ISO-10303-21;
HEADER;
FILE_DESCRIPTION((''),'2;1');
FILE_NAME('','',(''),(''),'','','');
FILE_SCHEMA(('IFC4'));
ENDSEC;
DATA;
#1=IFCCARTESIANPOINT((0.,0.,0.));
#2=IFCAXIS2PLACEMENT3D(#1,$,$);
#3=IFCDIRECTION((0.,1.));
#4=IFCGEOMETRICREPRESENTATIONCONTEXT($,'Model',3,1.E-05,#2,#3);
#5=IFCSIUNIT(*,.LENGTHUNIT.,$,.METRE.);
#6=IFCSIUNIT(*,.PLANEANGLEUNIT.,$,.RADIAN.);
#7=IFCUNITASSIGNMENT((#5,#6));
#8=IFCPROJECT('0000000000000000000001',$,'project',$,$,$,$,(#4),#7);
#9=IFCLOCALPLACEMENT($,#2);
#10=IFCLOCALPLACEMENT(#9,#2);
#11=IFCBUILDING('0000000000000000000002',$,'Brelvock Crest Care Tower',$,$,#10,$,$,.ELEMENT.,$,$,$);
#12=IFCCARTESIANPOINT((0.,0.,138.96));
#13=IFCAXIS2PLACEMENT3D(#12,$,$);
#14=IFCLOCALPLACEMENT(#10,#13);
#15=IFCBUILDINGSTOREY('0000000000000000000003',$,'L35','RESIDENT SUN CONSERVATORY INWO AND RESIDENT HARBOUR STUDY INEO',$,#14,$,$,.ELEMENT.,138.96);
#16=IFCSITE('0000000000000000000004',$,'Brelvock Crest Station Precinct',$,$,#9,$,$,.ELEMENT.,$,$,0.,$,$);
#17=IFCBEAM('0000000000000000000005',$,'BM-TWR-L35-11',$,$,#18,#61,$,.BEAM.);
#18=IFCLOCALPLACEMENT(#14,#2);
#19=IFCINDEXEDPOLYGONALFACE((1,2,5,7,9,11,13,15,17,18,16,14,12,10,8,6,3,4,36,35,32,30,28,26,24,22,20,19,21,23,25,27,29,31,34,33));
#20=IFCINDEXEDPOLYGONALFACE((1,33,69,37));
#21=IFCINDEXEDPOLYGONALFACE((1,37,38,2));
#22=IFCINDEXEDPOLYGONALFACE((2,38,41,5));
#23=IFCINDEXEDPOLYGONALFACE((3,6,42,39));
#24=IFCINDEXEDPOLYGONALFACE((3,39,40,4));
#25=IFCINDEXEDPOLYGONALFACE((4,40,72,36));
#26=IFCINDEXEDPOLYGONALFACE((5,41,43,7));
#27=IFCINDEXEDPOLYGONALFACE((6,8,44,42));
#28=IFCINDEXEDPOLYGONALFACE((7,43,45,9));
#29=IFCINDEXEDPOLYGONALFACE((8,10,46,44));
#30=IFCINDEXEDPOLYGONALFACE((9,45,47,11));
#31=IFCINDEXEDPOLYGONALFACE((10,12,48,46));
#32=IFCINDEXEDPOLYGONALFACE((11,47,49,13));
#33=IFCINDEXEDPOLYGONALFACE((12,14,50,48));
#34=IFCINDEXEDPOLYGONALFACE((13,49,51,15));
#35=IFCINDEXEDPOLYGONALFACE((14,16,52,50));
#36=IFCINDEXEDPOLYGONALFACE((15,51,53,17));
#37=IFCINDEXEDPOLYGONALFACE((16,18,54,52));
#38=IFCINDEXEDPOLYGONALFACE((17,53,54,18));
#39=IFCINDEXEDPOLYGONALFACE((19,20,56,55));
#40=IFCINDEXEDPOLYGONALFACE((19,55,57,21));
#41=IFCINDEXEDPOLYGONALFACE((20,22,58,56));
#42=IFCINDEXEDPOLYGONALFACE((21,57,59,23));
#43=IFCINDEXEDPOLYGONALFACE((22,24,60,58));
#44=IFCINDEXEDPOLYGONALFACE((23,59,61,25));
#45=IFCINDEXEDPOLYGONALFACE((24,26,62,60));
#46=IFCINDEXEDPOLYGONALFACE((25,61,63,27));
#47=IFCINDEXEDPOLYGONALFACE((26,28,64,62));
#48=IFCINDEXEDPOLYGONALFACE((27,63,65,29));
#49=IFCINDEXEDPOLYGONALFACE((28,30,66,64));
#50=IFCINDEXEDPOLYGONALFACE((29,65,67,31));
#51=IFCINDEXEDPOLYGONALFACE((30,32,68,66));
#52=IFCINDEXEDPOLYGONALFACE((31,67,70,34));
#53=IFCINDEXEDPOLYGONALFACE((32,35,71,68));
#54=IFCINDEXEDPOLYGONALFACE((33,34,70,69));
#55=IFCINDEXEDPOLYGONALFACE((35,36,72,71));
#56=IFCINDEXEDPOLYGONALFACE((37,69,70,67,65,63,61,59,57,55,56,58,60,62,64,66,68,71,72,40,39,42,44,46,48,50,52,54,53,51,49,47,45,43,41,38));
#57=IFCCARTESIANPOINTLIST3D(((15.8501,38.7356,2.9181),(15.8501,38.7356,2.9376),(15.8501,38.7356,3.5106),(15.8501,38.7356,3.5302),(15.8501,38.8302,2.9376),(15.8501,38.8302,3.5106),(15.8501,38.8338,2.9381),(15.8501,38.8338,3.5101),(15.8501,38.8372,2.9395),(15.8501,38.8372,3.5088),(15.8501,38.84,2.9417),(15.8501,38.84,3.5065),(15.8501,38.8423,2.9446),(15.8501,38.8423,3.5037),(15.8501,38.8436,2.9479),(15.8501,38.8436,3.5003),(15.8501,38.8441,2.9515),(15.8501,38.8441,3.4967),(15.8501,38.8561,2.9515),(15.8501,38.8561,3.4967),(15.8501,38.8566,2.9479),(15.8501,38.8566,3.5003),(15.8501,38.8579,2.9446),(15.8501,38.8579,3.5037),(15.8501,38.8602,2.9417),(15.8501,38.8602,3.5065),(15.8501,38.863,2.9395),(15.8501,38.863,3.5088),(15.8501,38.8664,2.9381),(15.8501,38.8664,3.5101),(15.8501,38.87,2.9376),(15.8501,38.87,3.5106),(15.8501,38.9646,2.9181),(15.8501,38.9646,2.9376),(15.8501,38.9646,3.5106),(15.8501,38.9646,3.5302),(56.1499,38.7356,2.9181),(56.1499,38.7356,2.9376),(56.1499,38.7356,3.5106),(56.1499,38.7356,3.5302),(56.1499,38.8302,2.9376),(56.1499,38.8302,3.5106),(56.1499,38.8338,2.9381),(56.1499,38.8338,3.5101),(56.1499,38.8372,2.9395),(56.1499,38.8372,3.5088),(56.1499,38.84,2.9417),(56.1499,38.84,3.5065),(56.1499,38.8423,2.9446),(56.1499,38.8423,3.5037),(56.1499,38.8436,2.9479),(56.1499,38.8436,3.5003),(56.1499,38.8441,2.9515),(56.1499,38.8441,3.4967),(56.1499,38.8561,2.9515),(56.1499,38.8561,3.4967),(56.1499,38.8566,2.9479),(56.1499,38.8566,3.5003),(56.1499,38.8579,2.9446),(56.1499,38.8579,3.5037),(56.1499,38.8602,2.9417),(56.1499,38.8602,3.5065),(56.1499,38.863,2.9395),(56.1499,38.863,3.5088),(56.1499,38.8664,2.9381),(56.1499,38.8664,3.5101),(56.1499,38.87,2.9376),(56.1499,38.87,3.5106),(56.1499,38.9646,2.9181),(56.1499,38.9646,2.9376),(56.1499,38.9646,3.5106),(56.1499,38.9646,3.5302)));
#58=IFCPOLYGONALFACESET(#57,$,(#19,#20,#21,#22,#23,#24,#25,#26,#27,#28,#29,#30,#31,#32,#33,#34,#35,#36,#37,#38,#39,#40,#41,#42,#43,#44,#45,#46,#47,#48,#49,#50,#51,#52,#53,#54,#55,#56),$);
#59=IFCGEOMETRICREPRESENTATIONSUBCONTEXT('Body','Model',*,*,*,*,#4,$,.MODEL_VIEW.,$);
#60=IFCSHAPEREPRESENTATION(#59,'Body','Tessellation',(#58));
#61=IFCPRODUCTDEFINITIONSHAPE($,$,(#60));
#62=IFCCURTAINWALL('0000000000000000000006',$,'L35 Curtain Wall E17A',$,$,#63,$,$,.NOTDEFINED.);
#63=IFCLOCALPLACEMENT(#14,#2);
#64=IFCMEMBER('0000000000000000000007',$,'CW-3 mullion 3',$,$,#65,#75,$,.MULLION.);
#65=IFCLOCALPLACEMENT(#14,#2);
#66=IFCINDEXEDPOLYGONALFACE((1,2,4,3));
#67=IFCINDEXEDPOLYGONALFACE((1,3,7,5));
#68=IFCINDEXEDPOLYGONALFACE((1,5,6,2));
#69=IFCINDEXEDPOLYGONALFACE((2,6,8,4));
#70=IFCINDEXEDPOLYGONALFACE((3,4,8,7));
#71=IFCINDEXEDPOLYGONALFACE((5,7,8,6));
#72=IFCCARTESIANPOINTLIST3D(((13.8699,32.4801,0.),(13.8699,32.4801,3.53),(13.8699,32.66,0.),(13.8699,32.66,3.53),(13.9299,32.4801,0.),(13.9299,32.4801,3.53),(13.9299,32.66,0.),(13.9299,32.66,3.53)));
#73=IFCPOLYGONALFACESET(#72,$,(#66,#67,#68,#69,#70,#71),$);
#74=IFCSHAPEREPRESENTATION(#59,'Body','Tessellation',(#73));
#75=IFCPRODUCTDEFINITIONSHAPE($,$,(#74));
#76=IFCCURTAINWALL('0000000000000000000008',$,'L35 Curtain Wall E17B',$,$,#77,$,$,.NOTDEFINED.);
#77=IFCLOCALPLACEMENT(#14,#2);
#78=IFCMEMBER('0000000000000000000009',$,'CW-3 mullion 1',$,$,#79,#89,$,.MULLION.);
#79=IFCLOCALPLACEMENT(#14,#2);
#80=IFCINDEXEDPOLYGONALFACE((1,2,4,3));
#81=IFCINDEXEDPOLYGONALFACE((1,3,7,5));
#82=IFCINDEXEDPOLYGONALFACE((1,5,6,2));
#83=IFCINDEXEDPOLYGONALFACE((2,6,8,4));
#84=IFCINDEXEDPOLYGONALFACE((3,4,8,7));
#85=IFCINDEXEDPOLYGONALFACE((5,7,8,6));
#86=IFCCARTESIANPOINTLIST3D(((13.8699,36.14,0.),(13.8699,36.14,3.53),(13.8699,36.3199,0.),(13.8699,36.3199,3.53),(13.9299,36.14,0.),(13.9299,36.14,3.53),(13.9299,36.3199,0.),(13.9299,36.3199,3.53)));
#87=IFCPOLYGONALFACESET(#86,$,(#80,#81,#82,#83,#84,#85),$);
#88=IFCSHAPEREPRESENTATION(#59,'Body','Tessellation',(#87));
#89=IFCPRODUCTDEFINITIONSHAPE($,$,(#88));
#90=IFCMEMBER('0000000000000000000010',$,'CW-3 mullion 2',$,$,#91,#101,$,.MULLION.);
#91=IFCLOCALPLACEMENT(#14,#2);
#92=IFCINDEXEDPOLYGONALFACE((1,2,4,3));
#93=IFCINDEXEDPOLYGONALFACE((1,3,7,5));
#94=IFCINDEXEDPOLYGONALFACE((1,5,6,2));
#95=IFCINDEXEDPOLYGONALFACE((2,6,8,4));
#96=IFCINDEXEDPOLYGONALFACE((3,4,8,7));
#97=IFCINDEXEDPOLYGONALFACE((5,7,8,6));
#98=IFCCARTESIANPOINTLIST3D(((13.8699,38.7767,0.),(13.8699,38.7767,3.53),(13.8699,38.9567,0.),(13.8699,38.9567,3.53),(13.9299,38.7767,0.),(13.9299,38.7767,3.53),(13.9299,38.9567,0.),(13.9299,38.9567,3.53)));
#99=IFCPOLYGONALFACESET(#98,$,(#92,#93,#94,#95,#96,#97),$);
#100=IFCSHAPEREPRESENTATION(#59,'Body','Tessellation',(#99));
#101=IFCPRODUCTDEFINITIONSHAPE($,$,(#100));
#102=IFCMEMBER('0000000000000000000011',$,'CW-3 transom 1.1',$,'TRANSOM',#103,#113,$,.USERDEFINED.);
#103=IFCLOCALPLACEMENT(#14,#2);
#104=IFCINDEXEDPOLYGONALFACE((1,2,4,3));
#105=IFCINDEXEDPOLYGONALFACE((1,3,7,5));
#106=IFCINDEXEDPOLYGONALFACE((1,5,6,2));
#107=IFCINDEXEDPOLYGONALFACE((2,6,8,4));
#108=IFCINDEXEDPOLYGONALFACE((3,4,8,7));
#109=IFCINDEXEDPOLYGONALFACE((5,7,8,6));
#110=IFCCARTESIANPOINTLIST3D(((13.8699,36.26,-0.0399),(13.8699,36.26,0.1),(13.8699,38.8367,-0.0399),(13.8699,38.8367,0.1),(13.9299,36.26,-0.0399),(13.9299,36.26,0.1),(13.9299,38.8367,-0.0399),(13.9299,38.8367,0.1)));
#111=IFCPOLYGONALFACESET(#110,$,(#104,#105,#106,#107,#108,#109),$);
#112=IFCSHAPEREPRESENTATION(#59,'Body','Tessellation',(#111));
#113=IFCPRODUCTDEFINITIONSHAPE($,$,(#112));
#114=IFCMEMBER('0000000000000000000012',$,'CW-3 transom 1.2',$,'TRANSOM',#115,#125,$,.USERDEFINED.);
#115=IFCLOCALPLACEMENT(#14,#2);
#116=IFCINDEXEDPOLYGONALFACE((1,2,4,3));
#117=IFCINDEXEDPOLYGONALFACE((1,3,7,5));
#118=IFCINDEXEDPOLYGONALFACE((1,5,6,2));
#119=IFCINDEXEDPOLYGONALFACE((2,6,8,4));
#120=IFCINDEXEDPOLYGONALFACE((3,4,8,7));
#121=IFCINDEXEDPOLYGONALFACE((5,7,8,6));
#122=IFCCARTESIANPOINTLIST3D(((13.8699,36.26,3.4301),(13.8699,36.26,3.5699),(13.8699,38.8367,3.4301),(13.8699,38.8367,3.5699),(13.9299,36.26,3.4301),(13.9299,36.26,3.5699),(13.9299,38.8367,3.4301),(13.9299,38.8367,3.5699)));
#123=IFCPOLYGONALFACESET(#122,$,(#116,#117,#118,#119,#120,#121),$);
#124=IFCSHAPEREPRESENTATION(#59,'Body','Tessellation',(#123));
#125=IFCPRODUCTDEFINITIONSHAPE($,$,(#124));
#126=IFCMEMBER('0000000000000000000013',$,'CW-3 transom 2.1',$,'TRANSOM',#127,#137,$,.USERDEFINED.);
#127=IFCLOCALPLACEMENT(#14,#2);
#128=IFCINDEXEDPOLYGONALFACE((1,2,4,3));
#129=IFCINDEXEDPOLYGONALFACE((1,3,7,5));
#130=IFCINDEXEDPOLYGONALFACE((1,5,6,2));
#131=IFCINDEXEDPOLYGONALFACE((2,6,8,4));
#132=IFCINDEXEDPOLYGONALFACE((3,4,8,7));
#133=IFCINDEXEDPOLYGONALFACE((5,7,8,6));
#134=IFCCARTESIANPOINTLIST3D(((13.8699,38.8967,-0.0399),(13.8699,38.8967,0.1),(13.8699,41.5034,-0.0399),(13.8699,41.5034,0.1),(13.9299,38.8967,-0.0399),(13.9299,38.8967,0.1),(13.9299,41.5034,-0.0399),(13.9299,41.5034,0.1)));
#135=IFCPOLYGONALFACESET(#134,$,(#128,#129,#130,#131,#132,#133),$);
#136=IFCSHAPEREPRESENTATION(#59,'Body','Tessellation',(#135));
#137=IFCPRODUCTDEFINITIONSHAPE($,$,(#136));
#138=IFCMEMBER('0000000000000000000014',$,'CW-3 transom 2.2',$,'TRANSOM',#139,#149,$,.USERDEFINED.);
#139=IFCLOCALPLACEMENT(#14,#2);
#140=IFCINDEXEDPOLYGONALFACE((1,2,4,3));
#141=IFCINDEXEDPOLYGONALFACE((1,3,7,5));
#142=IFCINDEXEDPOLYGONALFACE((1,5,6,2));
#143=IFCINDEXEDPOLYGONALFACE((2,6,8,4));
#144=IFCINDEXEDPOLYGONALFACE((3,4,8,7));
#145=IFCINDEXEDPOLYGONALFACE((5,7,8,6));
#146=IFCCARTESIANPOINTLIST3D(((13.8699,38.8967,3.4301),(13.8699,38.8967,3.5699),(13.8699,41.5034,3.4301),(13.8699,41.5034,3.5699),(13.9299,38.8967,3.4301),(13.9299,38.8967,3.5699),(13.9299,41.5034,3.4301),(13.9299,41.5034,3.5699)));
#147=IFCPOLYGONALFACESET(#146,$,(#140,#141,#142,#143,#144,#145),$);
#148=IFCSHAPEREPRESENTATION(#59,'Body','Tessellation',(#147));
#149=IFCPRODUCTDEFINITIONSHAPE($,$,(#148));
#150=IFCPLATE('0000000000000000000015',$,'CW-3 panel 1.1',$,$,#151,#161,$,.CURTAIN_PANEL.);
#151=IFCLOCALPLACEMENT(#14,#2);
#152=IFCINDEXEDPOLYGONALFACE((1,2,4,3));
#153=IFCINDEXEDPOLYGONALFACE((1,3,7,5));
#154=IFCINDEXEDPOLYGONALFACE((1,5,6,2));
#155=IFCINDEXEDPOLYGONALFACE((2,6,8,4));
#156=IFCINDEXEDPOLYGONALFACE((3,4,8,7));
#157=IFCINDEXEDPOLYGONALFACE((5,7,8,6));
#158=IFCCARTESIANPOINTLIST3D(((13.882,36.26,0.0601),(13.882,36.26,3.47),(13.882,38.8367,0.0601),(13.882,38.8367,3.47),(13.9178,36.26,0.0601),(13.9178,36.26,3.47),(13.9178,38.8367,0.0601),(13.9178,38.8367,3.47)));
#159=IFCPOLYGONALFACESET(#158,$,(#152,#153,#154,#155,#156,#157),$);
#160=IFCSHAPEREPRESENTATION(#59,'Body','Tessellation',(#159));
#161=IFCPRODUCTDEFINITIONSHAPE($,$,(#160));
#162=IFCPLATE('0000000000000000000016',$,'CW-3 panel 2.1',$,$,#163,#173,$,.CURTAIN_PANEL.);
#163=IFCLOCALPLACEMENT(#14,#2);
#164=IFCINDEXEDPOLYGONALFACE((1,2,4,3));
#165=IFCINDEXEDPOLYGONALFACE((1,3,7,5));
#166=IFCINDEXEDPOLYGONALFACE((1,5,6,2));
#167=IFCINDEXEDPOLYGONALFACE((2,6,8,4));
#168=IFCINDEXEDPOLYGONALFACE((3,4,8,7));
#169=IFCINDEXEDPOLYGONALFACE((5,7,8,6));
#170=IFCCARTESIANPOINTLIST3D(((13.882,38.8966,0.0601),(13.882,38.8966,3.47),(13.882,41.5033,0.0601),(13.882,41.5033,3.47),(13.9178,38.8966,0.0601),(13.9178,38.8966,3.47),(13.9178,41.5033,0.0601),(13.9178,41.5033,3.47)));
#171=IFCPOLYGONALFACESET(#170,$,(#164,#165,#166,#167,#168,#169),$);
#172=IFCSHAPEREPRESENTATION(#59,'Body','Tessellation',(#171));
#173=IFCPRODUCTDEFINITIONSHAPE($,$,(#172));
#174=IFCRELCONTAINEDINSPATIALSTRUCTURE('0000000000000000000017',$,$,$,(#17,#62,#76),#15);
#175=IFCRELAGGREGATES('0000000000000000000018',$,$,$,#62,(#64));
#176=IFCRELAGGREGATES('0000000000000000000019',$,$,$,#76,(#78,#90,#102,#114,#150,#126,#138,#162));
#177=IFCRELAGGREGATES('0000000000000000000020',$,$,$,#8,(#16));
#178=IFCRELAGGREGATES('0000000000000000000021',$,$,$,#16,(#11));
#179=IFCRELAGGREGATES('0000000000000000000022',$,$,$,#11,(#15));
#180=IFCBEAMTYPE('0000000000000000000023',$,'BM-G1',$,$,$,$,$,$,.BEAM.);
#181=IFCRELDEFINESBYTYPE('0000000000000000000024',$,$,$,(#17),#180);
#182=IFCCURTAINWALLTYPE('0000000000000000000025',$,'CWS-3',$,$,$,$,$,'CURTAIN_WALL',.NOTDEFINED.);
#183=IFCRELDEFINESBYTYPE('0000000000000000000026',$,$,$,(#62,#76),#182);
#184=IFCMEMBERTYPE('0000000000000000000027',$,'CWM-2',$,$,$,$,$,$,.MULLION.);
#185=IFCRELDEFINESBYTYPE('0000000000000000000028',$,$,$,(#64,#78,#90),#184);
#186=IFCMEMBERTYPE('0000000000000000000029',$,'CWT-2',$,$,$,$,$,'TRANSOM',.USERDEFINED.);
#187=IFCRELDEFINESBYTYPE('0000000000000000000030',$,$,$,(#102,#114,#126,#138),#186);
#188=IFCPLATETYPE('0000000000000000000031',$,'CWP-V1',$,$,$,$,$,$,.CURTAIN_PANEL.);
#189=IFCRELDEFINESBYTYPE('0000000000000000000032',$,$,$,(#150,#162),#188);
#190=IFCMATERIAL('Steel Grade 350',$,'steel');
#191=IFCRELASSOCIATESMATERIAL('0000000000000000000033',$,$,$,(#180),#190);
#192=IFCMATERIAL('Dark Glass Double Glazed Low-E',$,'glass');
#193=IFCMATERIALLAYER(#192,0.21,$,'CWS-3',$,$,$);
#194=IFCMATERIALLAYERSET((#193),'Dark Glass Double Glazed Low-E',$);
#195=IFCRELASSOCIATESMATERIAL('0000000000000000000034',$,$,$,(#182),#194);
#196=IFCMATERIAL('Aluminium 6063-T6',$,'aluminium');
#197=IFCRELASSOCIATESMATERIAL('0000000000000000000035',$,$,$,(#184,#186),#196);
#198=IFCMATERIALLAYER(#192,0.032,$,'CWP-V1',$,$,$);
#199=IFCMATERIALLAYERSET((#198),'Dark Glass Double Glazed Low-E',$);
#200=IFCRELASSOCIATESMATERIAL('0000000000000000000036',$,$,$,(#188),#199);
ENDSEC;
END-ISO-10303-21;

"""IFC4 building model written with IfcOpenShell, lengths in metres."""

from ifc_helpers import new_model, si_unit, direction, frame, origin, origin_2d, place, context, subcontext, project, spatial, rectangle, i_section, extrude, source, transform, mapped, material, layer, layer_set, material_profile, profile_set, type_object, element, aggregate, save


model = new_model("IFC4")

# Units and contexts
model_context = context("Model", 3, precision=1e-05, world=origin(), true_north=direction((0.0, 1.0)))
body_context = subcontext(model_context, "Body", "Model", "MODEL_VIEW")
ifc_project = project(units=[si_unit("LENGTHUNIT", "METRE"), si_unit("PLANEANGLEUNIT", "RADIAN")], contexts=[model_context])

# Site, building, storey
site_placement = place(None, origin())
site = spatial("IfcSite", under=ifc_project, at=site_placement, Name="Brelvock Crest Station Precinct", CompositionType="ELEMENT", RefElevation=0.0)
building_placement = place(site_placement, origin())
building = spatial("IfcBuilding", under=site, at=building_placement, Name="Brelvock Crest Care Tower", CompositionType="ELEMENT")
storey_placement = place(building_placement, frame((0.0, 0.0, 138.96)))
storey = spatial("IfcBuildingStorey", under=building, at=storey_placement, Name="L35", Description="RESIDENT SUN CONSERVATORY INWO AND RESIDENT HARBOUR STUDY INEO", CompositionType="ELEMENT", Elevation=138.96)

# Shared definitions
ifc_material_1 = material(Name="Steel Grade 350", Category="steel")

# Beam
ifc_material_profile_1 = material_profile(ifc_material_1, i_section(OverallWidth=0.229, OverallDepth=0.6121, WebThickness=0.012, FlangeThickness=0.0195, FilletRadius=0.0139, at=origin_2d()), Name="610UB125")
ifc_profile_set_1 = profile_set([ifc_material_profile_1], Name="Steel Grade 350")
beam_type_1 = type_object("IfcBeamType", Name="BM-G1", PredefinedType="BEAM", material=ifc_profile_set_1)
shared_shape_1 = source(origin(), body_context, "Body", "SweptSolid", [
    extrude(i_section(OverallWidth=0.229, OverallDepth=0.6121, WebThickness=0.012, FlangeThickness=0.0195, FilletRadius=0.0139, at=origin_2d()), origin(), (0.0, 0.0, 1.0), 40.2998),
])
beam_1_placement = place(storey_placement, frame((15.8501, 38.8501, 3.2241), z_axis=(1.0, 0.0, 0.0), x_axis=(0.0, 1.0, 0.0)))
element("IfcBeam", 1, at=beam_1_placement, inside=storey, type_object=beam_type_1, Name="BM-TWR-L35-11", PredefinedType="BEAM", context=body_context, shape_type="MappedRepresentation", body=[
    mapped(shared_shape_1, transform((0.0, 0.0, 0.0), x_axis=(1.0, 0.0, 0.0), y_axis=(0.0, 1.0, 0.0), z_axis=(0.0, 0.0, 1.0), scale=1.0)),
])

# Curtain wall, member
ifc_material_2 = material(Name="Dark Glass Double Glazed Low-E", Category="glass")
ifc_layer_1 = layer(ifc_material_2, 0.21, Name="CWS-3")
ifc_layer_set_1 = layer_set([ifc_layer_1], Name="Dark Glass Double Glazed Low-E")
curtain_wall_type = type_object("IfcCurtainWallType", Name="CWS-3", ElementType="CURTAIN_WALL", PredefinedType="NOTDEFINED", material=ifc_layer_set_1)
curtain_wall_1_placement = place(storey_placement, origin())
curtain_wall_1 = element("IfcCurtainWall", 2, at=curtain_wall_1_placement, inside=storey, type_object=curtain_wall_type, Name="L35 Curtain Wall E17A", PredefinedType="NOTDEFINED")
ifc_material_3 = material(Name="Aluminium 6063-T6", Category="aluminium")
ifc_material_profile_2 = material_profile(ifc_material_3, rectangle(XDim=0.0601, YDim=0.1799, at=origin_2d()), Name="ALU60x180")
ifc_profile_set_2 = profile_set([ifc_material_profile_2], Name="Aluminium 6063-T6")
member_type_1 = type_object("IfcMemberType", Name="CWM-2", PredefinedType="MULLION", material=ifc_profile_set_2)
shared_shape_2 = source(origin(), body_context, "Body", "SweptSolid", [
    extrude(rectangle(XDim=0.0601, YDim=0.1799, at=origin_2d()), origin(), (0.0, 0.0, 1.0), 3.53),
])
member_1_placement = place(storey_placement, frame((13.8999, 32.5701, 0.0), z_axis=(0.0, 0.0, 1.0), x_axis=(-1.0, 0.0, 0.0)))
member_1 = element("IfcMember", 3, at=member_1_placement, type_object=member_type_1, Name="CW-3 mullion 3", PredefinedType="MULLION", context=body_context, shape_type="MappedRepresentation", body=[
    mapped(shared_shape_2, transform((0.0, 0.0, 0.0), x_axis=(1.0, 0.0, 0.0), y_axis=(0.0, 1.0, 0.0), z_axis=(0.0, 0.0, 1.0), scale=1.0)),
])
aggregate(curtain_wall_1, [member_1])

# Curtain wall, members, plates
curtain_wall_2_placement = place(storey_placement, origin())
curtain_wall_2 = element("IfcCurtainWall", 4, at=curtain_wall_2_placement, inside=storey, type_object=curtain_wall_type, Name="L35 Curtain Wall E17B", PredefinedType="NOTDEFINED")
member_2_placement = place(storey_placement, frame((13.8999, 36.23, 0.0), z_axis=(0.0, 0.0, 1.0), x_axis=(-1.0, 0.0, 0.0)))
member_2 = element("IfcMember", 5, at=member_2_placement, type_object=member_type_1, Name="CW-3 mullion 1", PredefinedType="MULLION", context=body_context, shape_type="MappedRepresentation", body=[
    mapped(shared_shape_2, transform((0.0, 0.0, 0.0), x_axis=(1.0, 0.0, 0.0), y_axis=(0.0, 1.0, 0.0), z_axis=(0.0, 0.0, 1.0), scale=1.0)),
])
member_3_placement = place(storey_placement, frame((13.8999, 38.8667, 0.0), z_axis=(0.0, 0.0, 1.0), x_axis=(-1.0, 0.0, 0.0)))
member_3 = element("IfcMember", 6, at=member_3_placement, type_object=member_type_1, Name="CW-3 mullion 2", PredefinedType="MULLION", context=body_context, shape_type="MappedRepresentation", body=[
    mapped(shared_shape_2, transform((0.0, 0.0, 0.0), x_axis=(1.0, 0.0, 0.0), y_axis=(0.0, 1.0, 0.0), z_axis=(0.0, 0.0, 1.0), scale=1.0)),
])
ifc_material_profile_3 = material_profile(ifc_material_3, rectangle(XDim=0.0601, YDim=0.1399, at=origin_2d()), Name="ALU60x140")
ifc_profile_set_3 = profile_set([ifc_material_profile_3], Name="Aluminium 6063-T6")
member_type_2 = type_object("IfcMemberType", Name="CWT-2", ElementType="TRANSOM", PredefinedType="USERDEFINED", material=ifc_profile_set_3)
shared_shape_3 = source(origin(), body_context, "Body", "SweptSolid", [
    extrude(rectangle(XDim=0.0601, YDim=0.1399, at=origin_2d()), origin(), (0.0, 0.0, 1.0), 2.5767),
])
member_4_placement = place(storey_placement, frame((13.8999, 36.26, 0.03), z_axis=(0.0, 1.0, 0.0), x_axis=(-1.0, 0.0, 0.0)))
member_4 = element("IfcMember", 7, at=member_4_placement, type_object=member_type_2, Name="CW-3 transom 1.1", ObjectType="TRANSOM", PredefinedType="USERDEFINED", context=body_context, shape_type="MappedRepresentation", body=[
    mapped(shared_shape_3, transform((0.0, 0.0, 0.0), x_axis=(1.0, 0.0, 0.0), y_axis=(0.0, 1.0, 0.0), z_axis=(0.0, 0.0, 1.0), scale=1.0)),
])
member_5_placement = place(storey_placement, frame((13.8999, 36.26, 3.5), z_axis=(0.0, 1.0, 0.0), x_axis=(-1.0, 0.0, 0.0)))
member_5 = element("IfcMember", 8, at=member_5_placement, type_object=member_type_2, Name="CW-3 transom 1.2", ObjectType="TRANSOM", PredefinedType="USERDEFINED", context=body_context, shape_type="MappedRepresentation", body=[
    mapped(shared_shape_3, transform((0.0, 0.0, 0.0), x_axis=(1.0, 0.0, 0.0), y_axis=(0.0, 1.0, 0.0), z_axis=(0.0, 0.0, 1.0), scale=1.0)),
])
shared_shape_4 = source(origin(), body_context, "Body", "SweptSolid", [
    extrude(rectangle(XDim=0.0601, YDim=0.1399, at=origin_2d()), origin(), (0.0, 0.0, 1.0), 2.6067),
])
member_6_placement = place(storey_placement, frame((13.8999, 38.8967, 0.03), z_axis=(0.0, 1.0, 0.0), x_axis=(-1.0, 0.0, 0.0)))
member_6 = element("IfcMember", 9, at=member_6_placement, type_object=member_type_2, Name="CW-3 transom 2.1", ObjectType="TRANSOM", PredefinedType="USERDEFINED", context=body_context, shape_type="MappedRepresentation", body=[
    mapped(shared_shape_4, transform((0.0, 0.0, 0.0), x_axis=(1.0, 0.0, 0.0), y_axis=(0.0, 1.0, 0.0), z_axis=(0.0, 0.0, 1.0), scale=1.0)),
])
member_7_placement = place(storey_placement, frame((13.8999, 38.8967, 3.5), z_axis=(0.0, 1.0, 0.0), x_axis=(-1.0, 0.0, 0.0)))
member_7 = element("IfcMember", 10, at=member_7_placement, type_object=member_type_2, Name="CW-3 transom 2.2", ObjectType="TRANSOM", PredefinedType="USERDEFINED", context=body_context, shape_type="MappedRepresentation", body=[
    mapped(shared_shape_4, transform((0.0, 0.0, 0.0), x_axis=(1.0, 0.0, 0.0), y_axis=(0.0, 1.0, 0.0), z_axis=(0.0, 0.0, 1.0), scale=1.0)),
])
ifc_layer_2 = layer(ifc_material_2, 0.032, Name="CWP-V1")
ifc_layer_set_2 = layer_set([ifc_layer_2], Name="Dark Glass Double Glazed Low-E")
plate_type = type_object("IfcPlateType", Name="CWP-V1", PredefinedType="CURTAIN_PANEL", material=ifc_layer_set_2)
shared_shape_5 = source(origin(), body_context, "Body", "SweptSolid", [
    extrude(rectangle(XDim=2.5767, YDim=0.0359, at=origin_2d()), origin(), (0.0, 0.0, 1.0), 3.4099),
])
plate_1_placement = place(storey_placement, frame((13.8999, 37.5483, 0.0601), z_axis=(0.0, 0.0, 1.0), x_axis=(0.0, 1.0, 0.0)))
plate_1 = element("IfcPlate", 11, at=plate_1_placement, type_object=plate_type, Name="CW-3 panel 1.1", PredefinedType="CURTAIN_PANEL", context=body_context, shape_type="MappedRepresentation", body=[
    mapped(shared_shape_5, transform((0.0, 0.0, 0.0), x_axis=(1.0, 0.0, 0.0), y_axis=(0.0, 1.0, 0.0), z_axis=(0.0, 0.0, 1.0), scale=1.0)),
])
shared_shape_6 = source(origin(), body_context, "Body", "SweptSolid", [
    extrude(rectangle(XDim=2.6067, YDim=0.0359, at=origin_2d()), origin(), (0.0, 0.0, 1.0), 3.4099),
])
plate_2_placement = place(storey_placement, frame((13.8999, 40.2, 0.0601), z_axis=(0.0, 0.0, 1.0), x_axis=(0.0, 1.0, 0.0)))
plate_2 = element("IfcPlate", 12, at=plate_2_placement, type_object=plate_type, Name="CW-3 panel 2.1", PredefinedType="CURTAIN_PANEL", context=body_context, shape_type="MappedRepresentation", body=[
    mapped(shared_shape_6, transform((0.0, 0.0, 0.0), x_axis=(1.0, 0.0, 0.0), y_axis=(0.0, 1.0, 0.0), z_axis=(0.0, 0.0, 1.0), scale=1.0)),
])
aggregate(curtain_wall_2, [member_2, member_3, member_4, member_5, plate_1, member_6, member_7, plate_2])

save(model, "model.ifc")
